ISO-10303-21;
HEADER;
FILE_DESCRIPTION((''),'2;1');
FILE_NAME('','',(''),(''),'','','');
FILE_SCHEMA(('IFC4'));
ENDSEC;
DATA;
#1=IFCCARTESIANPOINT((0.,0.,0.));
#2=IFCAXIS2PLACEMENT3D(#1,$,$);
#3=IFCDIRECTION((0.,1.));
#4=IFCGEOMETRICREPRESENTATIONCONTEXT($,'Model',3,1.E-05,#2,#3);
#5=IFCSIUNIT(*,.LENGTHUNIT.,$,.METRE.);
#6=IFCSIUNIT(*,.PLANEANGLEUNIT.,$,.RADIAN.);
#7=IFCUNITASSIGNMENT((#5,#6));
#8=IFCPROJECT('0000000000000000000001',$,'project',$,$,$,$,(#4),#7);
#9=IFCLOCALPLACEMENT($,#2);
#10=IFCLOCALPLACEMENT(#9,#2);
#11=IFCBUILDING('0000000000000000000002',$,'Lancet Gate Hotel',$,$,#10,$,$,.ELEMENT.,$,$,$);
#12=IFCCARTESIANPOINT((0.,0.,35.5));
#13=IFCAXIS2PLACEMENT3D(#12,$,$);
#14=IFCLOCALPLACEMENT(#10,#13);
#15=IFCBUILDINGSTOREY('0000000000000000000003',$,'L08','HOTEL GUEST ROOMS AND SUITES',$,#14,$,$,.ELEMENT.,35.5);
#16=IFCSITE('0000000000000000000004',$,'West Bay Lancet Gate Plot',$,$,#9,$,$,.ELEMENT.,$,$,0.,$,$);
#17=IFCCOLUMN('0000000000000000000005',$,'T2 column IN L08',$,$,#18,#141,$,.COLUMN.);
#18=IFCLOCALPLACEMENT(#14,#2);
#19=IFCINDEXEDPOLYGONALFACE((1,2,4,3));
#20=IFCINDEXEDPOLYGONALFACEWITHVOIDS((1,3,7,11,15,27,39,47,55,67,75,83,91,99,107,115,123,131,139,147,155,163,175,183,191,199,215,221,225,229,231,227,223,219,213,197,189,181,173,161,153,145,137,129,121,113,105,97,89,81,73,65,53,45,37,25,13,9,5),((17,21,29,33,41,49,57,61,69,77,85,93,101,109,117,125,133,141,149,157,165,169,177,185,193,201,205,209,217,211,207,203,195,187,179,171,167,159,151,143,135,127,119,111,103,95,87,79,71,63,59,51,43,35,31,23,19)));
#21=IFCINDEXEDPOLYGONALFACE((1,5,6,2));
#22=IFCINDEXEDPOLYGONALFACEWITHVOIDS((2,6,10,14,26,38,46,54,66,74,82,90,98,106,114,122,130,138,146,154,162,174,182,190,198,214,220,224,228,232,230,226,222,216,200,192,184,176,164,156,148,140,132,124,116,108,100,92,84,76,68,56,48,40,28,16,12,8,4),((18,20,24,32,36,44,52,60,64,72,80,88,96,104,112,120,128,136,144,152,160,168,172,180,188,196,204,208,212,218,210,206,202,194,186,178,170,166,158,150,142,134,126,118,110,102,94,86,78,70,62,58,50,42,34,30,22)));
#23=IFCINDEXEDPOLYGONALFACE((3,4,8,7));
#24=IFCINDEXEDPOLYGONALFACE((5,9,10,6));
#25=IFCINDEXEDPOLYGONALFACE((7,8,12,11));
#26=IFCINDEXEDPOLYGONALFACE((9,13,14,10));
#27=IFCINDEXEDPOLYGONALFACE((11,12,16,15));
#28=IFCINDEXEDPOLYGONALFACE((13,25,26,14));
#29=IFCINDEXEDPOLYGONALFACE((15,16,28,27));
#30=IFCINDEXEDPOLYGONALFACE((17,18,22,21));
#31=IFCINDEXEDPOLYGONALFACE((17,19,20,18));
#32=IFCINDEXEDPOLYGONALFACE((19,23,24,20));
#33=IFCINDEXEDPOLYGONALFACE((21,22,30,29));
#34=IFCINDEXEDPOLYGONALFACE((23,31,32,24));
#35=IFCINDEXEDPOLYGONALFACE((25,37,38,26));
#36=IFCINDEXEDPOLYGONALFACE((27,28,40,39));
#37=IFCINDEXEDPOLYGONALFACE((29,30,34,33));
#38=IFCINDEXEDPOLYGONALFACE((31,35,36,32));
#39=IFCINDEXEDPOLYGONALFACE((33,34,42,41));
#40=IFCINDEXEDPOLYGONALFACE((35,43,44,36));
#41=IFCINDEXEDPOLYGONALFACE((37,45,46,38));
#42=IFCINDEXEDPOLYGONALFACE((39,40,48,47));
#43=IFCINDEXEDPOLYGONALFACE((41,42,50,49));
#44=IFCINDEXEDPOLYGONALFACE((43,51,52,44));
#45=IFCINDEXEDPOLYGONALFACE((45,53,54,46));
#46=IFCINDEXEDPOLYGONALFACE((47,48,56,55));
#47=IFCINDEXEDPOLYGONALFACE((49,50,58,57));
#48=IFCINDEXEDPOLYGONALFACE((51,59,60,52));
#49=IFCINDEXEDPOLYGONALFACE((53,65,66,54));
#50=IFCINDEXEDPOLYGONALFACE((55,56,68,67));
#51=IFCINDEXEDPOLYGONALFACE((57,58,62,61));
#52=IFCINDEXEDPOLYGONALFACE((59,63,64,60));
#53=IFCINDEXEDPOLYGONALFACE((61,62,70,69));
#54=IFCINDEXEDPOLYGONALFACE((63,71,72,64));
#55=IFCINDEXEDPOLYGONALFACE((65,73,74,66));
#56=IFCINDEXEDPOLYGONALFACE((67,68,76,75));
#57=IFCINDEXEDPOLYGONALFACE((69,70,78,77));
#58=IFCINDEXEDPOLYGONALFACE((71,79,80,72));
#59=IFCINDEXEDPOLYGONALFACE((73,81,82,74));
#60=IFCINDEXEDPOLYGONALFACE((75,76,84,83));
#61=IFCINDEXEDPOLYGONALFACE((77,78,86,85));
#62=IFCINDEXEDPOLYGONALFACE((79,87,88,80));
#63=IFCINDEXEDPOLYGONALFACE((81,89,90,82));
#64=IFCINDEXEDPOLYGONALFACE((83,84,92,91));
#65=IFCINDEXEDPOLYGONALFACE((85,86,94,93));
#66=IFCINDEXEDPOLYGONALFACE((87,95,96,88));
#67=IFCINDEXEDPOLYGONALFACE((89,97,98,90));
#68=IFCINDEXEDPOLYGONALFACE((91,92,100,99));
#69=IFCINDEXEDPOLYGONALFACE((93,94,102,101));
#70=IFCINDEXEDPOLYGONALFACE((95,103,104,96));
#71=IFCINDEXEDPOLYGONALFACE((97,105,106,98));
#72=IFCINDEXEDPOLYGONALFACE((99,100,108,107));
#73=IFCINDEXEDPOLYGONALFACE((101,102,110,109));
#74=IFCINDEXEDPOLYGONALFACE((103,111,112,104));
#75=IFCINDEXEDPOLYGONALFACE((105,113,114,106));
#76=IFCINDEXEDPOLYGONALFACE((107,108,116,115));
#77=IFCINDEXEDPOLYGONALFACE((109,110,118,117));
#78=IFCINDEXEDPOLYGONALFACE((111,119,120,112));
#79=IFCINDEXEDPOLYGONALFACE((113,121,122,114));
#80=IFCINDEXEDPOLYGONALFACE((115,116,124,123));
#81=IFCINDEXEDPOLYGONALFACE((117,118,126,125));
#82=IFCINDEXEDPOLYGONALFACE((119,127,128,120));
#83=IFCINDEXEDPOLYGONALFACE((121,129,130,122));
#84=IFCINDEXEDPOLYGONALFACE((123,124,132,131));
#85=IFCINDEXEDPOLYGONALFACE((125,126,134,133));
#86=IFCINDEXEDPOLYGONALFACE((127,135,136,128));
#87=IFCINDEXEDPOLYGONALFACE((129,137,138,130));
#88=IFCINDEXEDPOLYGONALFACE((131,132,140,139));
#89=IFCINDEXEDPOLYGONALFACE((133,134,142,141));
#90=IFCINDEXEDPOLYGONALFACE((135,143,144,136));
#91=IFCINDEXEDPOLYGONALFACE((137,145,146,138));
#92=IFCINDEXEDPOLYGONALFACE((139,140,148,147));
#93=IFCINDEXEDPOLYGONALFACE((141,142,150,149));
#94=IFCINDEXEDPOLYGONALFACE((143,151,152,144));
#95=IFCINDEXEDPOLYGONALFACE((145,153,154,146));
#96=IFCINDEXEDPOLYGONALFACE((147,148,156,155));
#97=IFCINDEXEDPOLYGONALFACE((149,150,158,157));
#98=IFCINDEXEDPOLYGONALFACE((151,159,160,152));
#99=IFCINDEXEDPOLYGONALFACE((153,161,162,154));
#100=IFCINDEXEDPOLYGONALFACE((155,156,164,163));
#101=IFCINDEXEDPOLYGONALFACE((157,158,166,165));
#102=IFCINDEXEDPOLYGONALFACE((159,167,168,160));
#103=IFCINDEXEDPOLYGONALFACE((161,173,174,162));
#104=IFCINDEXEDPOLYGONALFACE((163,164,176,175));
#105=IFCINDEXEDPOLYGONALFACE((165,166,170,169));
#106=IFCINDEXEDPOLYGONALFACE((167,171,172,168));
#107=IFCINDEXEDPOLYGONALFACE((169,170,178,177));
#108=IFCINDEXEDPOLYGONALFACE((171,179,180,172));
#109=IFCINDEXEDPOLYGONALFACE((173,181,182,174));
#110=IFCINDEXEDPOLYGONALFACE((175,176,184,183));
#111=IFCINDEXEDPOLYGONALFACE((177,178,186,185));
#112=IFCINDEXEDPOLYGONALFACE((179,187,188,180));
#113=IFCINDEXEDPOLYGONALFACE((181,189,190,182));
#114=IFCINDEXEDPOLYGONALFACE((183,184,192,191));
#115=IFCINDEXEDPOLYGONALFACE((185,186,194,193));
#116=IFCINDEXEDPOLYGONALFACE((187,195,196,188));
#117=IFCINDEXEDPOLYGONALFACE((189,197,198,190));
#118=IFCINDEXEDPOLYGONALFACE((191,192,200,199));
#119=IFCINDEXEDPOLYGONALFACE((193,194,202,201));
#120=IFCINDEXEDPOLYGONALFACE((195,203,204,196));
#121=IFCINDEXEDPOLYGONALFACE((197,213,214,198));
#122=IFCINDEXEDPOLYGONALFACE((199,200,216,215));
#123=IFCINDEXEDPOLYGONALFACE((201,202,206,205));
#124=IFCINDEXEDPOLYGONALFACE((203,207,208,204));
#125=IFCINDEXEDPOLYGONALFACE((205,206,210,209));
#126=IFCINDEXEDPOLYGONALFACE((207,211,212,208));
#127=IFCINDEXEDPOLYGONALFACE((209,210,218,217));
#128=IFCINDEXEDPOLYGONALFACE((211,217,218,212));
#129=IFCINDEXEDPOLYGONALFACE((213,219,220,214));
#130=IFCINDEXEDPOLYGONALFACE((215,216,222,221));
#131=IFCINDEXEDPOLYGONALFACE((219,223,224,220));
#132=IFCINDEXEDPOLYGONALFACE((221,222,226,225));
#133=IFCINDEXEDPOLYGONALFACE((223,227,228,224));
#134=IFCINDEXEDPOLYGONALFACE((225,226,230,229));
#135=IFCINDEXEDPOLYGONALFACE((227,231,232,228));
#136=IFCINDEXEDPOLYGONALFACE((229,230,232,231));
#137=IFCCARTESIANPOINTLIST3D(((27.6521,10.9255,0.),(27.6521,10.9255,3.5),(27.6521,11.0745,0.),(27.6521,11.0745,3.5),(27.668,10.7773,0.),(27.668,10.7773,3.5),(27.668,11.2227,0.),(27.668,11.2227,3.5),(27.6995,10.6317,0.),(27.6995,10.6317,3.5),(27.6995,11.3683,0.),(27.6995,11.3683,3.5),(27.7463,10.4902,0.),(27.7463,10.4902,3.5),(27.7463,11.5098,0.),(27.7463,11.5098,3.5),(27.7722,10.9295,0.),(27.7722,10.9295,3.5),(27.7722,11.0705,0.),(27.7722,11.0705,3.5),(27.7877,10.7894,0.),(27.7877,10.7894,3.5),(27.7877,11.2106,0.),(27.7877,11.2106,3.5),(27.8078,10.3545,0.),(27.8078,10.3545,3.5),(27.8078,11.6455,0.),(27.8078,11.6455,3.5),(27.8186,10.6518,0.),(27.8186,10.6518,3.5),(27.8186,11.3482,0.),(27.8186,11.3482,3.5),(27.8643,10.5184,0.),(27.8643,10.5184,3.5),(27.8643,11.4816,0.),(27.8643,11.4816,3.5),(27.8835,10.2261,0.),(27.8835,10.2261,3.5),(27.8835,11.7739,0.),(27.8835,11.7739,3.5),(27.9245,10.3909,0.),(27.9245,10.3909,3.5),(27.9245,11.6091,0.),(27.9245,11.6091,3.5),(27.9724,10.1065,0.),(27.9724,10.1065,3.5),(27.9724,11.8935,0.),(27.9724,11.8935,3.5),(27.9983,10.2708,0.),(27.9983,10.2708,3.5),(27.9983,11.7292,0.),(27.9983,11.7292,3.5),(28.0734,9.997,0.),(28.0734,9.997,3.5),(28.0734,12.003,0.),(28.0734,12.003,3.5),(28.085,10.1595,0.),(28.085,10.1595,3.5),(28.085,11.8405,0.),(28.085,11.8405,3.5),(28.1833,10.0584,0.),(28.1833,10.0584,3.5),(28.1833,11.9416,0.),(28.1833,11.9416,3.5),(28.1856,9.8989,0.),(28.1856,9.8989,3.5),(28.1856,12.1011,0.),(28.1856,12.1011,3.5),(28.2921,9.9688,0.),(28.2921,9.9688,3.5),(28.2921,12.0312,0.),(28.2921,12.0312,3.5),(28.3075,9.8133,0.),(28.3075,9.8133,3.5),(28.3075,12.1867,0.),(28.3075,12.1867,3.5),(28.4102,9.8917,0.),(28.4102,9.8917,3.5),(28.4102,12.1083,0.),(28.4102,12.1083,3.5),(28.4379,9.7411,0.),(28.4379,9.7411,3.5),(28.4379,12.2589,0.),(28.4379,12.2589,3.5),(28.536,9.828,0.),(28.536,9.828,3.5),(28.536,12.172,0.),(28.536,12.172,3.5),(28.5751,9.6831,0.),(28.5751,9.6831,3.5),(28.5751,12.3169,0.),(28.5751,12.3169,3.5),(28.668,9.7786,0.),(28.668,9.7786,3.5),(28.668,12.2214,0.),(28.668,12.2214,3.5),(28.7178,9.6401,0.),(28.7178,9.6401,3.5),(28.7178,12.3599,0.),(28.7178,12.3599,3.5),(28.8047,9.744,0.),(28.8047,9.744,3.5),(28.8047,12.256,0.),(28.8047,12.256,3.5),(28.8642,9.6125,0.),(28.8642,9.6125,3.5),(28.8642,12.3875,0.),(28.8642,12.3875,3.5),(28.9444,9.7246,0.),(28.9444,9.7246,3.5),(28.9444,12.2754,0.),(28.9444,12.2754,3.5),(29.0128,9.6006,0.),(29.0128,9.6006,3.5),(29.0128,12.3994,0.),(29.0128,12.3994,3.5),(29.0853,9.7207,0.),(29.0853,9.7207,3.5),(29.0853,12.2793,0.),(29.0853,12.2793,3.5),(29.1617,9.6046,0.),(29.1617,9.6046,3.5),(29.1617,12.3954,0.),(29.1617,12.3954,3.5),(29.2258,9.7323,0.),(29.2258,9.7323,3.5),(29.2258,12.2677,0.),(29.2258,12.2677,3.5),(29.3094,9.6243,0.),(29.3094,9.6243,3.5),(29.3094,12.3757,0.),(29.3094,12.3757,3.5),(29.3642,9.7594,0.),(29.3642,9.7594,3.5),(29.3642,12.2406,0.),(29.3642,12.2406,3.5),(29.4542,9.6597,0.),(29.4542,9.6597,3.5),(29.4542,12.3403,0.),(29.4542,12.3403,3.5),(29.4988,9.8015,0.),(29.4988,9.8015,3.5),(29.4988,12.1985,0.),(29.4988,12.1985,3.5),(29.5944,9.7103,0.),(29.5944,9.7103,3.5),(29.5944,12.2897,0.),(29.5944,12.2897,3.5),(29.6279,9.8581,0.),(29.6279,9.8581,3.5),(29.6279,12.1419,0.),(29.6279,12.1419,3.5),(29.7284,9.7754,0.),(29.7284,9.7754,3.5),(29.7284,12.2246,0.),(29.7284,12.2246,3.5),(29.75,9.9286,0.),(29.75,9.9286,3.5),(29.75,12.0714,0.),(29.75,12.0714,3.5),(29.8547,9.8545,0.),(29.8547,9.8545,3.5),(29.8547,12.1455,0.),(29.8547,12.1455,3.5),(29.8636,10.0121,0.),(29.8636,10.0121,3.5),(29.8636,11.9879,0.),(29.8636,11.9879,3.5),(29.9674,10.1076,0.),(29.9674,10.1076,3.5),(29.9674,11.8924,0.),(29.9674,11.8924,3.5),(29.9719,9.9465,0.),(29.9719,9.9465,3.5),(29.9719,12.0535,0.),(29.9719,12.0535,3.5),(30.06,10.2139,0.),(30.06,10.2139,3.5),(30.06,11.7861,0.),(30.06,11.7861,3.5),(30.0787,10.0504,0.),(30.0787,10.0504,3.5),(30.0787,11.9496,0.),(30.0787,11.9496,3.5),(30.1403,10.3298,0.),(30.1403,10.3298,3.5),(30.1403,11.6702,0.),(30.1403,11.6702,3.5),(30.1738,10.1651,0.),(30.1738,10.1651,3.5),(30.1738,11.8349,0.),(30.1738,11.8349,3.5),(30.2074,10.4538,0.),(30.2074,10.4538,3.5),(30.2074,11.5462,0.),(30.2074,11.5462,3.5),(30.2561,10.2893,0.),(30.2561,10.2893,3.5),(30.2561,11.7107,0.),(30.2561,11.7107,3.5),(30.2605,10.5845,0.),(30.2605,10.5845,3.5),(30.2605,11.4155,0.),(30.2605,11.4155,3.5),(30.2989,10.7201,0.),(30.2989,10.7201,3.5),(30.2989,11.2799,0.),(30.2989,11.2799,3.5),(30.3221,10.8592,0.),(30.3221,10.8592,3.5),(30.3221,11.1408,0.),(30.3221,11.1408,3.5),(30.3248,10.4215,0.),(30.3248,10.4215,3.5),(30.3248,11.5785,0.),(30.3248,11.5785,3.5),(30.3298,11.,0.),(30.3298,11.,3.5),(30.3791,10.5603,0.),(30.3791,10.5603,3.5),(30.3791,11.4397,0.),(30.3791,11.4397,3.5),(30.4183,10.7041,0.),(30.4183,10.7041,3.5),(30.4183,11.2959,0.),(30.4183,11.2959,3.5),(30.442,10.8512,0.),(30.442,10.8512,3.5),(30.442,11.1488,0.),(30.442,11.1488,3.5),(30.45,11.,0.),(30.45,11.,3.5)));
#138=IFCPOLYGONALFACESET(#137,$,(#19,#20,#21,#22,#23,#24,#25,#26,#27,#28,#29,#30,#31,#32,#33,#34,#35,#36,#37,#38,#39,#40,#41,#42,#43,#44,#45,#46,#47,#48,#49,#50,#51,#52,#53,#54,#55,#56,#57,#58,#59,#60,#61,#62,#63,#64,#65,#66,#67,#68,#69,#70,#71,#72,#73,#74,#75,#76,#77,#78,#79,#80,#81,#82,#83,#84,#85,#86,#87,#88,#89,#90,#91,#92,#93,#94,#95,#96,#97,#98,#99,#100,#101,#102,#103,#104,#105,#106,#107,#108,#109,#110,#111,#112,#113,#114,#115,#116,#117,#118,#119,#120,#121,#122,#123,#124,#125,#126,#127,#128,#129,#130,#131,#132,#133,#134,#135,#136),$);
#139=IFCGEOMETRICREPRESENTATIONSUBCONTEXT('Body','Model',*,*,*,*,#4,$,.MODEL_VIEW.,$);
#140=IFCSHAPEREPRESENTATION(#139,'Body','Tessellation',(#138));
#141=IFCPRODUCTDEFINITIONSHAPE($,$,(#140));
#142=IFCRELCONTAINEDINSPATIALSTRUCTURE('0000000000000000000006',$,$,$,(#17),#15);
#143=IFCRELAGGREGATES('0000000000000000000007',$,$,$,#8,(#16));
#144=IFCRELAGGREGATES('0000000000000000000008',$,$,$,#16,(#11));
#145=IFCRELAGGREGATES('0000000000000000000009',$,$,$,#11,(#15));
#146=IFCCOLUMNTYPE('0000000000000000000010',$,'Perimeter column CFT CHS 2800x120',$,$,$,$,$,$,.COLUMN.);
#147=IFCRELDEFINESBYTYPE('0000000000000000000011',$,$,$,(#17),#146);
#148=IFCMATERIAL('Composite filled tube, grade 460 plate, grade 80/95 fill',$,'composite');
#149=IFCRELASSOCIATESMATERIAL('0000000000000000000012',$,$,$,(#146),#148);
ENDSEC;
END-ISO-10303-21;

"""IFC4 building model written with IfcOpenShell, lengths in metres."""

from ifc_helpers import new_model, si_unit, direction, frame, origin, origin_2d, place, context, subcontext, project, spatial, hollow_circle, extrude, material, material_profile, profile_set, type_object, element, save


model = new_model("IFC4")

# Units and contexts
model_context = context("Model", 3, precision=1e-05, world=origin(), true_north=direction((0.0, 1.0)))
body_context = subcontext(model_context, "Body", "Model", "MODEL_VIEW")
ifc_project = project(units=[si_unit("LENGTHUNIT", "METRE"), si_unit("PLANEANGLEUNIT", "RADIAN")], contexts=[model_context])

# Site, building, storey
site_placement = place(None, origin())
site = spatial("IfcSite", under=ifc_project, at=site_placement, Name="West Bay Lancet Gate Plot", CompositionType="ELEMENT", RefElevation=0.0)
building_placement = place(site_placement, origin())
building = spatial("IfcBuilding", under=site, at=building_placement, Name="Lancet Gate Hotel", CompositionType="ELEMENT")
storey_placement = place(building_placement, frame((0.0, 0.0, 35.5)))
storey = spatial("IfcBuildingStorey", under=building, at=storey_placement, Name="L08", Description="HOTEL GUEST ROOMS AND SUITES", CompositionType="ELEMENT", Elevation=35.5)

# Column
ifc_material_1 = material(Name="Composite filled tube, grade 460 plate, grade 80/95 fill", Category="composite")
ifc_material_profile_1 = material_profile(ifc_material_1, hollow_circle(Radius=1.3999, WallThickness=0.1201, at=origin_2d()), Name="CHS 2800x120")
ifc_profile_set_1 = profile_set([ifc_material_profile_1], Name="Composite filled tube, grade 460 plate, grade 80/95 fill")
column_type = type_object("IfcColumnType", Name="Perimeter column CFT CHS 2800x120", PredefinedType="COLUMN", material=ifc_profile_set_1)
for number, where, z_axis, x_axis, name in (
    (1, (29.05, 11.0, 0.0), (0.0, 0.0, 1.0), (1.0, 0.0, 0.0), "T2 column IN L08"),
):
    element("IfcColumn", number, at=place(storey_placement, frame(where, z_axis=z_axis, x_axis=x_axis)), inside=storey, type_object=column_type, Name=name, PredefinedType="COLUMN", context=body_context, shape_type="SweptSolid", body=[
        extrude(hollow_circle(Radius=1.3999, WallThickness=0.1201, at=origin_2d()), origin(), (0.0, 0.0, 1.0), 3.5),
    ])

save(model, "model.ifc")
